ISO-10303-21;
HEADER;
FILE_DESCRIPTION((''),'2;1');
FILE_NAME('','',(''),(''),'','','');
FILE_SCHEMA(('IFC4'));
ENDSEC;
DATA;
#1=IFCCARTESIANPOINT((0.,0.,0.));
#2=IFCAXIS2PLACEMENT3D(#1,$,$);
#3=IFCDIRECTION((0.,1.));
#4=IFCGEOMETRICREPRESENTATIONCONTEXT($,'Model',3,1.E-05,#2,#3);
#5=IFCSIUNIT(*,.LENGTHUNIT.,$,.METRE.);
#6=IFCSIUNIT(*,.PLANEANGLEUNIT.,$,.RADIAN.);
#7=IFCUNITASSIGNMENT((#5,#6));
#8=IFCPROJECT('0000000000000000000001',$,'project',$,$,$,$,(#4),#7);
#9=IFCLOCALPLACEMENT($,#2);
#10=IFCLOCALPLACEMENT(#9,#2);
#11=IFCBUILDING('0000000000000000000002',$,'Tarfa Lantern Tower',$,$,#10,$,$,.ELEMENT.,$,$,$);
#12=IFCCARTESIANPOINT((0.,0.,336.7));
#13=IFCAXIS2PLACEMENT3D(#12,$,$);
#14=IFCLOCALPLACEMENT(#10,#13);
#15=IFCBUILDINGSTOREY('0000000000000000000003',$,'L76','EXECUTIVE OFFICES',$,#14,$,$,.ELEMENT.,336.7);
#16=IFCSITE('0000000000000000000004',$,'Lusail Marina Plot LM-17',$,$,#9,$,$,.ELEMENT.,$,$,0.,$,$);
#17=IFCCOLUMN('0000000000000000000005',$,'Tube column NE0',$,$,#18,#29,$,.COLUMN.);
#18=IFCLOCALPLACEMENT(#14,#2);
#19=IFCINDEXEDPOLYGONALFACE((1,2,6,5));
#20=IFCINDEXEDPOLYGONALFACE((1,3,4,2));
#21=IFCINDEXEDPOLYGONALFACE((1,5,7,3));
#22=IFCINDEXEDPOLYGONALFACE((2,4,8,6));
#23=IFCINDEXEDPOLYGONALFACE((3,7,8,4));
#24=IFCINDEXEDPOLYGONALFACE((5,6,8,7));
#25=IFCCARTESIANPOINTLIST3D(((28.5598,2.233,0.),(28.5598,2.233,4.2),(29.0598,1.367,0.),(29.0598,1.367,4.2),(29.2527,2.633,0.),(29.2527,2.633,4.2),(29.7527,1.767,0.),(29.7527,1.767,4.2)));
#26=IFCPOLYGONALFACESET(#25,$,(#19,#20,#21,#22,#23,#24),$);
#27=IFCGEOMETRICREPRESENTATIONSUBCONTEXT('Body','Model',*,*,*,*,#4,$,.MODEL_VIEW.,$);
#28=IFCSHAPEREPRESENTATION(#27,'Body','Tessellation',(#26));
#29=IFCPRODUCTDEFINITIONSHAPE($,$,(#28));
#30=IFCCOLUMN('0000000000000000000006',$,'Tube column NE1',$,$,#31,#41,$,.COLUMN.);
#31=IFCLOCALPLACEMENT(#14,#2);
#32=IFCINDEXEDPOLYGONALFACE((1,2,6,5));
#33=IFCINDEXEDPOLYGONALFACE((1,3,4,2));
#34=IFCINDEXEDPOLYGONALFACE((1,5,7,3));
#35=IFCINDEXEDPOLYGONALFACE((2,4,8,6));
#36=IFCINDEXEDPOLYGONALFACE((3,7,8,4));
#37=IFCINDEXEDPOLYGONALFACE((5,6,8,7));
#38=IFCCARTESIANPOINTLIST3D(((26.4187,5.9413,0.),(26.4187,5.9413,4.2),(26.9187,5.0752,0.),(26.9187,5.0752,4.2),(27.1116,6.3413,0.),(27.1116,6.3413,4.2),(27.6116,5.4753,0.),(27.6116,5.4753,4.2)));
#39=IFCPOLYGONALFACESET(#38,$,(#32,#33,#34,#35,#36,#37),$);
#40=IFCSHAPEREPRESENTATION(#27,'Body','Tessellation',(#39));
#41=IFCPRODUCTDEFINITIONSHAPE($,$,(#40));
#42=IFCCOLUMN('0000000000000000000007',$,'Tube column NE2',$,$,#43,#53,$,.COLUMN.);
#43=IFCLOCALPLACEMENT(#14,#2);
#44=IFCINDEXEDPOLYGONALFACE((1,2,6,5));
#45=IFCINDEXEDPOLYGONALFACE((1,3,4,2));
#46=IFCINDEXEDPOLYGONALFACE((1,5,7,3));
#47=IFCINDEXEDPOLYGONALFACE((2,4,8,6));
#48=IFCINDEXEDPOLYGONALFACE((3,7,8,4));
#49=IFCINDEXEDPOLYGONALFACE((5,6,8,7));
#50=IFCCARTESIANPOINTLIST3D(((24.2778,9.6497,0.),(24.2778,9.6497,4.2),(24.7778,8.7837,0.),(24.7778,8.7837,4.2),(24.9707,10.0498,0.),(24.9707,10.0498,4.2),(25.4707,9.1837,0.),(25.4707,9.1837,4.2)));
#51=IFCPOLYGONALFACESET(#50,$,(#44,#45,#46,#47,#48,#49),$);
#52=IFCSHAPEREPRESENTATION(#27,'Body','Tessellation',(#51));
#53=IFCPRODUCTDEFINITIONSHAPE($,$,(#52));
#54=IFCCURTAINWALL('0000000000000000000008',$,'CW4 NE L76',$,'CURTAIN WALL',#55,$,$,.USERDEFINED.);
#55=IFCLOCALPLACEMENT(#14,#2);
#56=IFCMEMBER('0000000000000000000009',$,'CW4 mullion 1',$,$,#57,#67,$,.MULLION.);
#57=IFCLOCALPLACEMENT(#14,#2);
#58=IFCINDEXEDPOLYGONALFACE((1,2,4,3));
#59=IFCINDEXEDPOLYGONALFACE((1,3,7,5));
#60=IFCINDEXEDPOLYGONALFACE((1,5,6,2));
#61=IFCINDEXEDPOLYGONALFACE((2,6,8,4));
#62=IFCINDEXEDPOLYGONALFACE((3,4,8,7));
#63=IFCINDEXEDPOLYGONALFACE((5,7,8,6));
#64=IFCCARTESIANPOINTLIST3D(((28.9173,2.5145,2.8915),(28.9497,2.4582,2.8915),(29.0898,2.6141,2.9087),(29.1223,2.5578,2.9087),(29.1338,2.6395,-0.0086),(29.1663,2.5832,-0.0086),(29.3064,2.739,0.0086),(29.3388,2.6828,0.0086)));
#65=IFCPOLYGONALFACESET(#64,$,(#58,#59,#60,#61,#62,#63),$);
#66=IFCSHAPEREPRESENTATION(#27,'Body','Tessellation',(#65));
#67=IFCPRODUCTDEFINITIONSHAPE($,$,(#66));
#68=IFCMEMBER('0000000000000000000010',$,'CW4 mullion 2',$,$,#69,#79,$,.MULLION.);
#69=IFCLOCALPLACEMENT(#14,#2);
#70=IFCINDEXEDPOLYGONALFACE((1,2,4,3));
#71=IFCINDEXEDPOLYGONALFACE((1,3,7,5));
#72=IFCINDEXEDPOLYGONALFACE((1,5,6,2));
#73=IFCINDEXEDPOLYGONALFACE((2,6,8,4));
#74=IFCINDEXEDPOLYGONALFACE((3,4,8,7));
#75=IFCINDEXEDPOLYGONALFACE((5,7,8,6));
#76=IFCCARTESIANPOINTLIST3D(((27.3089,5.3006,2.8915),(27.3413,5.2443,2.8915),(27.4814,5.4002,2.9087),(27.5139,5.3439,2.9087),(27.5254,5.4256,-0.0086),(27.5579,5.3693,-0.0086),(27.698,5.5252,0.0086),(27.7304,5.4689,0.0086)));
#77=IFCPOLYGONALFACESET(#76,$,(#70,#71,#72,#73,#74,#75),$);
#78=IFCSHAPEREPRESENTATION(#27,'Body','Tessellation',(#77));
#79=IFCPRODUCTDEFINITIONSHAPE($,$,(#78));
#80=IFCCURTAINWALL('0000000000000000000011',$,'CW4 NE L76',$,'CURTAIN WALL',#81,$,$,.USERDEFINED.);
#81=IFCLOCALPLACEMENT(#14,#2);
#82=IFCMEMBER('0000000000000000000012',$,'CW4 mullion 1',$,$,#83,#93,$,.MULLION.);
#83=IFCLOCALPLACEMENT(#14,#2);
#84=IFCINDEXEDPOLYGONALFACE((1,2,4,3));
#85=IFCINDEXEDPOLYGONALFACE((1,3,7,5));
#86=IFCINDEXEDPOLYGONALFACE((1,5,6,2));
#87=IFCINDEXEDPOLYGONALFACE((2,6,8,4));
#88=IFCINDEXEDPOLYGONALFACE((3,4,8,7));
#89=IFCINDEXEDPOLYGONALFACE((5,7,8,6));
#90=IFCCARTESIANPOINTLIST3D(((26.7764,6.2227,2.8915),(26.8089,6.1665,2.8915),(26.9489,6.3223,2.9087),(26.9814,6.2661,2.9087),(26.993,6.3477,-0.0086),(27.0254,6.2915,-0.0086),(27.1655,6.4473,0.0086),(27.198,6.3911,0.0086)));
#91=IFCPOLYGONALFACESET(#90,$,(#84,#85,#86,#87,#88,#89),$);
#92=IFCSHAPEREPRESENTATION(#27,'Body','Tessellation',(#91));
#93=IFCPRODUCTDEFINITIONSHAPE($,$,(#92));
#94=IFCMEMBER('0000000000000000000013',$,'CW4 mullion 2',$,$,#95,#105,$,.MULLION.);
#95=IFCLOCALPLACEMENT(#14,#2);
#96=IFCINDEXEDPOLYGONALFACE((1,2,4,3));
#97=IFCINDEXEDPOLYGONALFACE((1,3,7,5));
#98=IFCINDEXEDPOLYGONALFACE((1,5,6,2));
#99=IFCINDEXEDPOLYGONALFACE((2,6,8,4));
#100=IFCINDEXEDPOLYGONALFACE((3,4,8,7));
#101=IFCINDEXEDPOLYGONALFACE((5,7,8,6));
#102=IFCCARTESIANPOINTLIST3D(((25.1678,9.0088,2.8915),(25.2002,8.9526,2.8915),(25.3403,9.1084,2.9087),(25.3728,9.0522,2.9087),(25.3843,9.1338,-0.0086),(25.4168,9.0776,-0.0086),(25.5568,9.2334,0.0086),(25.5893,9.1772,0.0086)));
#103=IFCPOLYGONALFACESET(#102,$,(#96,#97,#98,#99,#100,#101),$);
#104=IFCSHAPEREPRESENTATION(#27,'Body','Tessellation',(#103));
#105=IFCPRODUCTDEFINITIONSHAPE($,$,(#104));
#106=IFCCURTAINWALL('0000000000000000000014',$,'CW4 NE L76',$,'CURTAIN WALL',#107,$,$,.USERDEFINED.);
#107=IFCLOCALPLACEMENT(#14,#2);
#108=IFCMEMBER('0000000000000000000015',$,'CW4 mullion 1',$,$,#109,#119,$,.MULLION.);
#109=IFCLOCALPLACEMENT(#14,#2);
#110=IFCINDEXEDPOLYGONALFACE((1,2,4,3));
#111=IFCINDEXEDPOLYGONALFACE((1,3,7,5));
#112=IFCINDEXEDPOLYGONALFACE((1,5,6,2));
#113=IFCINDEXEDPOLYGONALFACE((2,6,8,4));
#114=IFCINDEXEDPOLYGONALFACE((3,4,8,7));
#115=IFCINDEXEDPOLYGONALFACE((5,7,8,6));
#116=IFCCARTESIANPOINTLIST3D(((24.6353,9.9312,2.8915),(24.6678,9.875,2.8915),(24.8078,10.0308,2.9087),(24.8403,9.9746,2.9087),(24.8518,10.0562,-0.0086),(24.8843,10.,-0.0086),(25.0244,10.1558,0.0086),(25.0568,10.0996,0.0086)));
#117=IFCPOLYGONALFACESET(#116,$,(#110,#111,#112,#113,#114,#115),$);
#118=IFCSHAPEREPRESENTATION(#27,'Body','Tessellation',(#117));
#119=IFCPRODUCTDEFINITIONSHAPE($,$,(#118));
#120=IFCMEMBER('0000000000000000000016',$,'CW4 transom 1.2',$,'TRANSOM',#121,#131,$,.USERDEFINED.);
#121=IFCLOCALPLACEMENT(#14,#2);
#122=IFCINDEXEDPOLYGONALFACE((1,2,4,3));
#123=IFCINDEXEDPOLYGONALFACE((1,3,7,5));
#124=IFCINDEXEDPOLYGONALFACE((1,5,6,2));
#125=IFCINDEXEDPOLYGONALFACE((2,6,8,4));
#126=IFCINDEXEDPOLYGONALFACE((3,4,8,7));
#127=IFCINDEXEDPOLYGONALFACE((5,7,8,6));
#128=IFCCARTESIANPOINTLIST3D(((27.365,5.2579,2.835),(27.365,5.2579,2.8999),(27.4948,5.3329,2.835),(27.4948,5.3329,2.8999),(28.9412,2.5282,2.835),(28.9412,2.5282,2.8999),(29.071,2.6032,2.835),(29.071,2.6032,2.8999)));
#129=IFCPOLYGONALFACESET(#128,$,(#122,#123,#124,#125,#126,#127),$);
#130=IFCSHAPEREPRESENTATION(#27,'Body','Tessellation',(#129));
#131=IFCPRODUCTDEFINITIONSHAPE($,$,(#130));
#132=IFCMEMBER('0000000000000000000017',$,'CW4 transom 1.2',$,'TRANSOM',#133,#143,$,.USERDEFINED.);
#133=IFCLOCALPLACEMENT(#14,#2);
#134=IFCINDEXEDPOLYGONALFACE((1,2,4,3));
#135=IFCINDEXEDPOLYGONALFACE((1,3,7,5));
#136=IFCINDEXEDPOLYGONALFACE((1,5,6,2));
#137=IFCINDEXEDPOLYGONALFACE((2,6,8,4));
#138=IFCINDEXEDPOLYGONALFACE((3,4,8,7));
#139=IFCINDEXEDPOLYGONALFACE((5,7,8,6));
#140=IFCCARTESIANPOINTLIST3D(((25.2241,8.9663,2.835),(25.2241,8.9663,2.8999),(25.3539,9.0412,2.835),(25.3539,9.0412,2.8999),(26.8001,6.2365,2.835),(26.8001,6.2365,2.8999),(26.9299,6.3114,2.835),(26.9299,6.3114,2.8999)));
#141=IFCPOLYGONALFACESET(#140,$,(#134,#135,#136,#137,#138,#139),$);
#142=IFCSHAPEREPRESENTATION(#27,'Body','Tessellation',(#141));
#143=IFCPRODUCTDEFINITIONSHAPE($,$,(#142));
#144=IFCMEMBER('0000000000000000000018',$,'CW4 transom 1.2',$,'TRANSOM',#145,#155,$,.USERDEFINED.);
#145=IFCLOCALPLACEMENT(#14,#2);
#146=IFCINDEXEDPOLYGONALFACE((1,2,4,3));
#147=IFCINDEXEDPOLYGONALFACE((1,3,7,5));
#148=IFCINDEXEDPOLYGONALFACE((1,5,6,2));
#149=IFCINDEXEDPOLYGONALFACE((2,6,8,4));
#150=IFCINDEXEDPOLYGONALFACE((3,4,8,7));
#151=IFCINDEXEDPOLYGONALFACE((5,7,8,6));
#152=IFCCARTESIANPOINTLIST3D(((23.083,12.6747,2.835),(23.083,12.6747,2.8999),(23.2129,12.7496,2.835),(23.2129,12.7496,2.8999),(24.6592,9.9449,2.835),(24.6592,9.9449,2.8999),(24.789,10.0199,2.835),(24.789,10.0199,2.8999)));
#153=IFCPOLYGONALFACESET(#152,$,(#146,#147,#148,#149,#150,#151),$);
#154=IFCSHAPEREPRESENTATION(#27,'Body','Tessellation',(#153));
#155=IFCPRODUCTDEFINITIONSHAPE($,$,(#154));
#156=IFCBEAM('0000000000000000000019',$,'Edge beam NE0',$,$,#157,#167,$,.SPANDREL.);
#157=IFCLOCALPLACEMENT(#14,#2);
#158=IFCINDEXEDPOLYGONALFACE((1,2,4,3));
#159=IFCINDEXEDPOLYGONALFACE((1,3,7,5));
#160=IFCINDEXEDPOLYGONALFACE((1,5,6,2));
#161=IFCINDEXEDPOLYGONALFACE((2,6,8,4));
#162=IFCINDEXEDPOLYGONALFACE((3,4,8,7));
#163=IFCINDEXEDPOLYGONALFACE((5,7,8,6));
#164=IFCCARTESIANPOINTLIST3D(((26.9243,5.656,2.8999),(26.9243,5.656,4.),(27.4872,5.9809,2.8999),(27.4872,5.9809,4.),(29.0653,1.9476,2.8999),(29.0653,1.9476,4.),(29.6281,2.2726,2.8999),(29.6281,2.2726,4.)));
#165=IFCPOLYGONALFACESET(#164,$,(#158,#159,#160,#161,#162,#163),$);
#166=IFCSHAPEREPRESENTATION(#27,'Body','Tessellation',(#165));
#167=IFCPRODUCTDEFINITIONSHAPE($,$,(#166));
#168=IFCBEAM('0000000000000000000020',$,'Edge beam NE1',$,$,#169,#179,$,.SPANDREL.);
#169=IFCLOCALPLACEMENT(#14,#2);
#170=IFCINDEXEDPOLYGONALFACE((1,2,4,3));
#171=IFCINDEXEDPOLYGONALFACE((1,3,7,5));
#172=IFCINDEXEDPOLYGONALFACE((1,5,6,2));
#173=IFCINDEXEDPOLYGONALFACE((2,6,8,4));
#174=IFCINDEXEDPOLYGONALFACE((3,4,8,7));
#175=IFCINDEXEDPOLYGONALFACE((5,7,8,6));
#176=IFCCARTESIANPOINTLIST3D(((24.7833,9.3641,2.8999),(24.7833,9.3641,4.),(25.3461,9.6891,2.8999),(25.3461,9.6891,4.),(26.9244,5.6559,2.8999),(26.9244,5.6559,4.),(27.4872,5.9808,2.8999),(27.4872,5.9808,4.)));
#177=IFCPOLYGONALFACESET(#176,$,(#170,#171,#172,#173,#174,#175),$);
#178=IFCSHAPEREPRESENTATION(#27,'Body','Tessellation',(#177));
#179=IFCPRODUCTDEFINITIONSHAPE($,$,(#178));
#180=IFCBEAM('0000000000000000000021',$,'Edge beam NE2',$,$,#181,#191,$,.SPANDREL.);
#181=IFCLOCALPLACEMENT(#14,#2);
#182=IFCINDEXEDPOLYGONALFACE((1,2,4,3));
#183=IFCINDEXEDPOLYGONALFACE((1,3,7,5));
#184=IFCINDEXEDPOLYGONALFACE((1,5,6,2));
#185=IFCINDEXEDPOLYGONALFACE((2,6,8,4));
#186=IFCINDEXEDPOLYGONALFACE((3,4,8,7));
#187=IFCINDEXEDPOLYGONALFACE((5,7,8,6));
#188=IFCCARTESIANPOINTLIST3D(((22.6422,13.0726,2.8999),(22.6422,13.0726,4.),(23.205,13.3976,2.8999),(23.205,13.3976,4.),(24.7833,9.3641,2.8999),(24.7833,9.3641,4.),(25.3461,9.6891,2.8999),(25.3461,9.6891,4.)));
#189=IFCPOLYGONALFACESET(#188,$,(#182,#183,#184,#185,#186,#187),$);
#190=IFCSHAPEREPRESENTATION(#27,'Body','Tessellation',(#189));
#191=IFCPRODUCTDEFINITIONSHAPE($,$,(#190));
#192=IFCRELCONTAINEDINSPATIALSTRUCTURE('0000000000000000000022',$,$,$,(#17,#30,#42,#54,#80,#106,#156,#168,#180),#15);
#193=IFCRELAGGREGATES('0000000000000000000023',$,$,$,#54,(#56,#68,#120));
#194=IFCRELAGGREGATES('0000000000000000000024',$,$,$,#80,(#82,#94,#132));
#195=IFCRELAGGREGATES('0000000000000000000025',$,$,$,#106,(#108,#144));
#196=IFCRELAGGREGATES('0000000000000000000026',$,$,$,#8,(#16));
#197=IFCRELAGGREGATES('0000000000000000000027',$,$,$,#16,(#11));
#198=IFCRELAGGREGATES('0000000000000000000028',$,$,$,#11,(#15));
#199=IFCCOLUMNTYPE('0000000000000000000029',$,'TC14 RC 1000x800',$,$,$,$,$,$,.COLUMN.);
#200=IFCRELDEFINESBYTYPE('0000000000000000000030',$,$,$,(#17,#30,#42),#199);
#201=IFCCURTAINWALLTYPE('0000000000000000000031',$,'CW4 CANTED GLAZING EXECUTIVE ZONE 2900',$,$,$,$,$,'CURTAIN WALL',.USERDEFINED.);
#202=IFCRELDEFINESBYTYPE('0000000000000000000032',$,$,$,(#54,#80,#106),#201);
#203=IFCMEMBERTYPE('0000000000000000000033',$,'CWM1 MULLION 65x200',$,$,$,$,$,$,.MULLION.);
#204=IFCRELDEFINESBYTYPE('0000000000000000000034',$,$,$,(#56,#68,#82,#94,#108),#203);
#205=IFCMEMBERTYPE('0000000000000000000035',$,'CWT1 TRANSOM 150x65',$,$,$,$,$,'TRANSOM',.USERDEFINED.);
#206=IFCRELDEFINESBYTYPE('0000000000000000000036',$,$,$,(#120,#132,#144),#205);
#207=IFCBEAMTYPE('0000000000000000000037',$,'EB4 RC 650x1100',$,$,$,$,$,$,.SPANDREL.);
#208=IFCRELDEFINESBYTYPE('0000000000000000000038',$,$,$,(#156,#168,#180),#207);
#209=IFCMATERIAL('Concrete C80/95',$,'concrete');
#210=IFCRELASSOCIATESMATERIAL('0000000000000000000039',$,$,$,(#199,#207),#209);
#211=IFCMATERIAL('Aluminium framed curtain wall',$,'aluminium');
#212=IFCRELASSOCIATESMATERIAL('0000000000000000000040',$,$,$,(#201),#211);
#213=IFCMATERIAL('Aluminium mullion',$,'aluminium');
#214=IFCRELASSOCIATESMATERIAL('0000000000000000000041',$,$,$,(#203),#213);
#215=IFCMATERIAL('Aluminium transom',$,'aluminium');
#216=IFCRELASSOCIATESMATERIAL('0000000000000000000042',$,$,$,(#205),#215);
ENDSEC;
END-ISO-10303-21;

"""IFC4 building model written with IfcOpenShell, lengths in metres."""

from ifc_helpers import new_model, si_unit, direction, frame, origin, origin_2d, place, context, subcontext, project, spatial, rectangle, extrude, material, material_profile, profile_set, type_object, element, aggregate, save


model = new_model("IFC4")

# Units and contexts
model_context = context("Model", 3, precision=1e-05, world=origin(), true_north=direction((0.0, 1.0)))
body_context = subcontext(model_context, "Body", "Model", "MODEL_VIEW")
ifc_project = project(units=[si_unit("LENGTHUNIT", "METRE"), si_unit("PLANEANGLEUNIT", "RADIAN")], contexts=[model_context])

# Site, building, storey
site_placement = place(None, origin())
site = spatial("IfcSite", under=ifc_project, at=site_placement, Name="Lusail Marina Plot LM-17", CompositionType="ELEMENT", RefElevation=0.0)
building_placement = place(site_placement, origin())
building = spatial("IfcBuilding", under=site, at=building_placement, Name="Tarfa Lantern Tower", CompositionType="ELEMENT")
storey_placement = place(building_placement, frame((0.0, 0.0, 336.7)))
storey = spatial("IfcBuildingStorey", under=building, at=storey_placement, Name="L76", Description="EXECUTIVE OFFICES", CompositionType="ELEMENT", Elevation=336.7)

# Columns
ifc_material_1 = material(Name="Concrete C80/95", Category="concrete")
ifc_material_profile_1 = material_profile(ifc_material_1, rectangle(XDim=1.0, YDim=0.8, at=origin_2d()), Name="RC 1000x800")
ifc_profile_set_1 = profile_set([ifc_material_profile_1], Name="Concrete C80/95")
column_type = type_object("IfcColumnType", Name="TC14 RC 1000x800", PredefinedType="COLUMN", material=ifc_profile_set_1)
for number, where, z_axis, x_axis, name in (
    (1, (29.1562, 2.0, 0.0), (0.0, 0.0, 1.0), (-0.5, 0.866025, 0.0), "Tube column NE0"),
    (2, (27.0151, 5.7083, 0.0), (0.0, 0.0, 1.0), (-0.5, 0.866025, 0.0), "Tube column NE1"),
    (3, (24.8743, 9.4167, 0.0), (0.0, 0.0, 1.0), (-0.5, 0.866025, 0.0), "Tube column NE2"),
):
    element("IfcColumn", number, at=place(storey_placement, frame(where, z_axis=z_axis, x_axis=x_axis)), inside=storey, type_object=column_type, Name=name, PredefinedType="COLUMN", context=body_context, shape_type="SweptSolid", body=[
        extrude(rectangle(XDim=1.0, YDim=0.8, at=origin_2d()), origin(), (0.0, 0.0, 1.0), 4.2),
    ])

# Curtain walls, members
ifc_material_2 = material(Name="Aluminium framed curtain wall", Category="aluminium")
curtain_wall_type = type_object("IfcCurtainWallType", Name="CW4 CANTED GLAZING EXECUTIVE ZONE 2900", ElementType="CURTAIN WALL", PredefinedType="USERDEFINED", material=ifc_material_2)
curtain_wall_1_placement = place(storey_placement, origin())
curtain_wall_1 = element("IfcCurtainWall", 4, at=curtain_wall_1_placement, inside=storey, type_object=curtain_wall_type, Name="CW4 NE L76", ObjectType="CURTAIN WALL", PredefinedType="USERDEFINED")
ifc_material_3 = material(Name="Aluminium mullion", Category="aluminium")
ifc_material_profile_2 = material_profile(ifc_material_3, rectangle(XDim=0.0649, YDim=0.2, at=origin_2d()), Name="AL MULLION 65x200")
ifc_profile_set_2 = profile_set([ifc_material_profile_2], Name="Aluminium mullion")
member_type_1 = type_object("IfcMemberType", Name="CWM1 MULLION 65x200", PredefinedType="MULLION", material=ifc_profile_set_2)
member_1_placement = place(storey_placement, frame((29.2363, 2.6611, 0.0), z_axis=(-0.074394, -0.042942, 0.996304), x_axis=(0.49992, -0.866072, 0.0)))
member_1 = element("IfcMember", 5, at=member_1_placement, type_object=member_type_1, Name="CW4 mullion 1", PredefinedType="MULLION", context=body_context, shape_type="SweptSolid", body=[
    extrude(rectangle(XDim=0.0649, YDim=0.2, at=origin_2d()), origin(), (0.0, 0.0, 1.0), 2.9109),
])
member_2_placement = place(storey_placement, frame((27.6279, 5.4473, 0.0), z_axis=(-0.074394, -0.042942, 0.996304), x_axis=(0.49992, -0.866072, 0.0)))
member_2 = element("IfcMember", 6, at=member_2_placement, type_object=member_type_1, Name="CW4 mullion 2", PredefinedType="MULLION", context=body_context, shape_type="SweptSolid", body=[
    extrude(rectangle(XDim=0.0649, YDim=0.2, at=origin_2d()), origin(), (0.0, 0.0, 1.0), 2.9109),
])
curtain_wall_2_placement = place(storey_placement, origin())
curtain_wall_2 = element("IfcCurtainWall", 7, at=curtain_wall_2_placement, inside=storey, type_object=curtain_wall_type, Name="CW4 NE L76", ObjectType="CURTAIN WALL", PredefinedType="USERDEFINED")
member_3_placement = place(storey_placement, frame((27.0955, 6.3694, 0.0), z_axis=(-0.074394, -0.042942, 0.996304), x_axis=(0.49992, -0.866072, 0.0)))
member_3 = element("IfcMember", 8, at=member_3_placement, type_object=member_type_1, Name="CW4 mullion 1", PredefinedType="MULLION", context=body_context, shape_type="SweptSolid", body=[
    extrude(rectangle(XDim=0.0649, YDim=0.2, at=origin_2d()), origin(), (0.0, 0.0, 1.0), 2.9109),
])
member_4_placement = place(storey_placement, frame((25.4868, 9.1555, 0.0), z_axis=(-0.074394, -0.042942, 0.996304), x_axis=(0.49992, -0.866072, 0.0)))
member_4 = element("IfcMember", 9, at=member_4_placement, type_object=member_type_1, Name="CW4 mullion 2", PredefinedType="MULLION", context=body_context, shape_type="SweptSolid", body=[
    extrude(rectangle(XDim=0.0649, YDim=0.2, at=origin_2d()), origin(), (0.0, 0.0, 1.0), 2.9109),
])

# Curtain wall, member
curtain_wall_3_placement = place(storey_placement, origin())
curtain_wall_3 = element("IfcCurtainWall", 10, at=curtain_wall_3_placement, inside=storey, type_object=curtain_wall_type, Name="CW4 NE L76", ObjectType="CURTAIN WALL", PredefinedType="USERDEFINED")
member_5_placement = place(storey_placement, frame((24.9543, 10.0779, 0.0), z_axis=(-0.074394, -0.042942, 0.996304), x_axis=(0.49992, -0.866072, 0.0)))
member_5 = element("IfcMember", 11, at=member_5_placement, type_object=member_type_1, Name="CW4 mullion 1", PredefinedType="MULLION", context=body_context, shape_type="SweptSolid", body=[
    extrude(rectangle(XDim=0.0649, YDim=0.2, at=origin_2d()), origin(), (0.0, 0.0, 1.0), 2.9109),
])

# Members
ifc_material_4 = material(Name="Aluminium transom", Category="aluminium")
ifc_material_profile_3 = material_profile(ifc_material_4, rectangle(XDim=0.1499, YDim=0.0649, at=origin_2d()), Name="AL TRANSOM 150x65")
ifc_profile_set_3 = profile_set([ifc_material_profile_3], Name="Aluminium transom")
member_type_2 = type_object("IfcMemberType", Name="CWT1 TRANSOM 150x65", ElementType="TRANSOM", PredefinedType="USERDEFINED", material=ifc_profile_set_3)
member_6_placement = place(storey_placement, frame((29.0061, 2.5657, 2.8674), z_axis=(-0.500038, 0.866004, 0.0), x_axis=(-0.866004, -0.500038, 0.0)))
member_6 = element("IfcMember", 12, at=member_6_placement, type_object=member_type_2, Name="CW4 transom 1.2", ObjectType="TRANSOM", PredefinedType="USERDEFINED", context=body_context, shape_type="SweptSolid", body=[
    extrude(rectangle(XDim=0.1499, YDim=0.0649, at=origin_2d()), origin(), (0.0, 0.0, 1.0), 3.1521),
])
member_7_placement = place(storey_placement, frame((26.865, 6.2739, 2.8674), z_axis=(-0.499979, 0.866037, 0.0), x_axis=(-0.866037, -0.499979, 0.0)))
member_7 = element("IfcMember", 13, at=member_7_placement, type_object=member_type_2, Name="CW4 transom 1.2", ObjectType="TRANSOM", PredefinedType="USERDEFINED", context=body_context, shape_type="SweptSolid", body=[
    extrude(rectangle(XDim=0.1499, YDim=0.0649, at=origin_2d()), origin(), (0.0, 0.0, 1.0), 3.1521),
])
member_8_placement = place(storey_placement, frame((24.7241, 9.9824, 2.8674), z_axis=(-0.500038, 0.866004, 0.0), x_axis=(-0.866004, -0.500038, 0.0)))
member_8 = element("IfcMember", 14, at=member_8_placement, type_object=member_type_2, Name="CW4 transom 1.2", ObjectType="TRANSOM", PredefinedType="USERDEFINED", context=body_context, shape_type="SweptSolid", body=[
    extrude(rectangle(XDim=0.1499, YDim=0.0649, at=origin_2d()), origin(), (0.0, 0.0, 1.0), 3.1521),
])

# Beams
ifc_material_profile_4 = material_profile(ifc_material_1, rectangle(XDim=0.6499, YDim=1.1001, at=origin_2d()), Name="RC 650x1100")
ifc_profile_set_4 = profile_set([ifc_material_profile_4], Name="Concrete C80/95")
beam_type_1 = type_object("IfcBeamType", Name="EB4 RC 650x1100", PredefinedType="SPANDREL", material=ifc_profile_set_4)
for number, where, z_axis, x_axis, name in (
    (15, (29.3467, 2.1101, 3.45), (-0.499984, 0.866035, 0.0), (-0.866035, -0.499984, 0.0), "Edge beam NE0"),
    (16, (27.2058, 5.8184, 3.45), (-0.500027, 0.86601, 0.0), (-0.86601, -0.500027, 0.0), "Edge beam NE1"),
):
    element("IfcBeam", number, at=place(storey_placement, frame(where, z_axis=z_axis, x_axis=x_axis)), inside=storey, type_object=beam_type_1, Name=name, PredefinedType="SPANDREL", context=body_context, shape_type="SweptSolid", body=[
        extrude(rectangle(XDim=0.6499, YDim=1.1001, at=origin_2d()), origin(), (0.0, 0.0, 1.0), 4.282),
    ])
beam_1_placement = place(storey_placement, frame((25.0647, 9.5266, 3.45), z_axis=(-0.500002, 0.866024, 0.0), x_axis=(-0.866024, -0.500002, 0.0)))
element("IfcBeam", 17, at=beam_1_placement, inside=storey, type_object=beam_type_1, Name="Edge beam NE2", PredefinedType="SPANDREL", context=body_context, shape_type="SweptSolid", body=[
    extrude(rectangle(XDim=0.6499, YDim=1.1001, at=origin_2d()), origin(), (0.0, 0.0, 1.0), 4.2822),
])

aggregate(curtain_wall_1, [member_1, member_2, member_6])
aggregate(curtain_wall_2, [member_3, member_4, member_7])
aggregate(curtain_wall_3, [member_5, member_8])

save(model, "model.ifc")
